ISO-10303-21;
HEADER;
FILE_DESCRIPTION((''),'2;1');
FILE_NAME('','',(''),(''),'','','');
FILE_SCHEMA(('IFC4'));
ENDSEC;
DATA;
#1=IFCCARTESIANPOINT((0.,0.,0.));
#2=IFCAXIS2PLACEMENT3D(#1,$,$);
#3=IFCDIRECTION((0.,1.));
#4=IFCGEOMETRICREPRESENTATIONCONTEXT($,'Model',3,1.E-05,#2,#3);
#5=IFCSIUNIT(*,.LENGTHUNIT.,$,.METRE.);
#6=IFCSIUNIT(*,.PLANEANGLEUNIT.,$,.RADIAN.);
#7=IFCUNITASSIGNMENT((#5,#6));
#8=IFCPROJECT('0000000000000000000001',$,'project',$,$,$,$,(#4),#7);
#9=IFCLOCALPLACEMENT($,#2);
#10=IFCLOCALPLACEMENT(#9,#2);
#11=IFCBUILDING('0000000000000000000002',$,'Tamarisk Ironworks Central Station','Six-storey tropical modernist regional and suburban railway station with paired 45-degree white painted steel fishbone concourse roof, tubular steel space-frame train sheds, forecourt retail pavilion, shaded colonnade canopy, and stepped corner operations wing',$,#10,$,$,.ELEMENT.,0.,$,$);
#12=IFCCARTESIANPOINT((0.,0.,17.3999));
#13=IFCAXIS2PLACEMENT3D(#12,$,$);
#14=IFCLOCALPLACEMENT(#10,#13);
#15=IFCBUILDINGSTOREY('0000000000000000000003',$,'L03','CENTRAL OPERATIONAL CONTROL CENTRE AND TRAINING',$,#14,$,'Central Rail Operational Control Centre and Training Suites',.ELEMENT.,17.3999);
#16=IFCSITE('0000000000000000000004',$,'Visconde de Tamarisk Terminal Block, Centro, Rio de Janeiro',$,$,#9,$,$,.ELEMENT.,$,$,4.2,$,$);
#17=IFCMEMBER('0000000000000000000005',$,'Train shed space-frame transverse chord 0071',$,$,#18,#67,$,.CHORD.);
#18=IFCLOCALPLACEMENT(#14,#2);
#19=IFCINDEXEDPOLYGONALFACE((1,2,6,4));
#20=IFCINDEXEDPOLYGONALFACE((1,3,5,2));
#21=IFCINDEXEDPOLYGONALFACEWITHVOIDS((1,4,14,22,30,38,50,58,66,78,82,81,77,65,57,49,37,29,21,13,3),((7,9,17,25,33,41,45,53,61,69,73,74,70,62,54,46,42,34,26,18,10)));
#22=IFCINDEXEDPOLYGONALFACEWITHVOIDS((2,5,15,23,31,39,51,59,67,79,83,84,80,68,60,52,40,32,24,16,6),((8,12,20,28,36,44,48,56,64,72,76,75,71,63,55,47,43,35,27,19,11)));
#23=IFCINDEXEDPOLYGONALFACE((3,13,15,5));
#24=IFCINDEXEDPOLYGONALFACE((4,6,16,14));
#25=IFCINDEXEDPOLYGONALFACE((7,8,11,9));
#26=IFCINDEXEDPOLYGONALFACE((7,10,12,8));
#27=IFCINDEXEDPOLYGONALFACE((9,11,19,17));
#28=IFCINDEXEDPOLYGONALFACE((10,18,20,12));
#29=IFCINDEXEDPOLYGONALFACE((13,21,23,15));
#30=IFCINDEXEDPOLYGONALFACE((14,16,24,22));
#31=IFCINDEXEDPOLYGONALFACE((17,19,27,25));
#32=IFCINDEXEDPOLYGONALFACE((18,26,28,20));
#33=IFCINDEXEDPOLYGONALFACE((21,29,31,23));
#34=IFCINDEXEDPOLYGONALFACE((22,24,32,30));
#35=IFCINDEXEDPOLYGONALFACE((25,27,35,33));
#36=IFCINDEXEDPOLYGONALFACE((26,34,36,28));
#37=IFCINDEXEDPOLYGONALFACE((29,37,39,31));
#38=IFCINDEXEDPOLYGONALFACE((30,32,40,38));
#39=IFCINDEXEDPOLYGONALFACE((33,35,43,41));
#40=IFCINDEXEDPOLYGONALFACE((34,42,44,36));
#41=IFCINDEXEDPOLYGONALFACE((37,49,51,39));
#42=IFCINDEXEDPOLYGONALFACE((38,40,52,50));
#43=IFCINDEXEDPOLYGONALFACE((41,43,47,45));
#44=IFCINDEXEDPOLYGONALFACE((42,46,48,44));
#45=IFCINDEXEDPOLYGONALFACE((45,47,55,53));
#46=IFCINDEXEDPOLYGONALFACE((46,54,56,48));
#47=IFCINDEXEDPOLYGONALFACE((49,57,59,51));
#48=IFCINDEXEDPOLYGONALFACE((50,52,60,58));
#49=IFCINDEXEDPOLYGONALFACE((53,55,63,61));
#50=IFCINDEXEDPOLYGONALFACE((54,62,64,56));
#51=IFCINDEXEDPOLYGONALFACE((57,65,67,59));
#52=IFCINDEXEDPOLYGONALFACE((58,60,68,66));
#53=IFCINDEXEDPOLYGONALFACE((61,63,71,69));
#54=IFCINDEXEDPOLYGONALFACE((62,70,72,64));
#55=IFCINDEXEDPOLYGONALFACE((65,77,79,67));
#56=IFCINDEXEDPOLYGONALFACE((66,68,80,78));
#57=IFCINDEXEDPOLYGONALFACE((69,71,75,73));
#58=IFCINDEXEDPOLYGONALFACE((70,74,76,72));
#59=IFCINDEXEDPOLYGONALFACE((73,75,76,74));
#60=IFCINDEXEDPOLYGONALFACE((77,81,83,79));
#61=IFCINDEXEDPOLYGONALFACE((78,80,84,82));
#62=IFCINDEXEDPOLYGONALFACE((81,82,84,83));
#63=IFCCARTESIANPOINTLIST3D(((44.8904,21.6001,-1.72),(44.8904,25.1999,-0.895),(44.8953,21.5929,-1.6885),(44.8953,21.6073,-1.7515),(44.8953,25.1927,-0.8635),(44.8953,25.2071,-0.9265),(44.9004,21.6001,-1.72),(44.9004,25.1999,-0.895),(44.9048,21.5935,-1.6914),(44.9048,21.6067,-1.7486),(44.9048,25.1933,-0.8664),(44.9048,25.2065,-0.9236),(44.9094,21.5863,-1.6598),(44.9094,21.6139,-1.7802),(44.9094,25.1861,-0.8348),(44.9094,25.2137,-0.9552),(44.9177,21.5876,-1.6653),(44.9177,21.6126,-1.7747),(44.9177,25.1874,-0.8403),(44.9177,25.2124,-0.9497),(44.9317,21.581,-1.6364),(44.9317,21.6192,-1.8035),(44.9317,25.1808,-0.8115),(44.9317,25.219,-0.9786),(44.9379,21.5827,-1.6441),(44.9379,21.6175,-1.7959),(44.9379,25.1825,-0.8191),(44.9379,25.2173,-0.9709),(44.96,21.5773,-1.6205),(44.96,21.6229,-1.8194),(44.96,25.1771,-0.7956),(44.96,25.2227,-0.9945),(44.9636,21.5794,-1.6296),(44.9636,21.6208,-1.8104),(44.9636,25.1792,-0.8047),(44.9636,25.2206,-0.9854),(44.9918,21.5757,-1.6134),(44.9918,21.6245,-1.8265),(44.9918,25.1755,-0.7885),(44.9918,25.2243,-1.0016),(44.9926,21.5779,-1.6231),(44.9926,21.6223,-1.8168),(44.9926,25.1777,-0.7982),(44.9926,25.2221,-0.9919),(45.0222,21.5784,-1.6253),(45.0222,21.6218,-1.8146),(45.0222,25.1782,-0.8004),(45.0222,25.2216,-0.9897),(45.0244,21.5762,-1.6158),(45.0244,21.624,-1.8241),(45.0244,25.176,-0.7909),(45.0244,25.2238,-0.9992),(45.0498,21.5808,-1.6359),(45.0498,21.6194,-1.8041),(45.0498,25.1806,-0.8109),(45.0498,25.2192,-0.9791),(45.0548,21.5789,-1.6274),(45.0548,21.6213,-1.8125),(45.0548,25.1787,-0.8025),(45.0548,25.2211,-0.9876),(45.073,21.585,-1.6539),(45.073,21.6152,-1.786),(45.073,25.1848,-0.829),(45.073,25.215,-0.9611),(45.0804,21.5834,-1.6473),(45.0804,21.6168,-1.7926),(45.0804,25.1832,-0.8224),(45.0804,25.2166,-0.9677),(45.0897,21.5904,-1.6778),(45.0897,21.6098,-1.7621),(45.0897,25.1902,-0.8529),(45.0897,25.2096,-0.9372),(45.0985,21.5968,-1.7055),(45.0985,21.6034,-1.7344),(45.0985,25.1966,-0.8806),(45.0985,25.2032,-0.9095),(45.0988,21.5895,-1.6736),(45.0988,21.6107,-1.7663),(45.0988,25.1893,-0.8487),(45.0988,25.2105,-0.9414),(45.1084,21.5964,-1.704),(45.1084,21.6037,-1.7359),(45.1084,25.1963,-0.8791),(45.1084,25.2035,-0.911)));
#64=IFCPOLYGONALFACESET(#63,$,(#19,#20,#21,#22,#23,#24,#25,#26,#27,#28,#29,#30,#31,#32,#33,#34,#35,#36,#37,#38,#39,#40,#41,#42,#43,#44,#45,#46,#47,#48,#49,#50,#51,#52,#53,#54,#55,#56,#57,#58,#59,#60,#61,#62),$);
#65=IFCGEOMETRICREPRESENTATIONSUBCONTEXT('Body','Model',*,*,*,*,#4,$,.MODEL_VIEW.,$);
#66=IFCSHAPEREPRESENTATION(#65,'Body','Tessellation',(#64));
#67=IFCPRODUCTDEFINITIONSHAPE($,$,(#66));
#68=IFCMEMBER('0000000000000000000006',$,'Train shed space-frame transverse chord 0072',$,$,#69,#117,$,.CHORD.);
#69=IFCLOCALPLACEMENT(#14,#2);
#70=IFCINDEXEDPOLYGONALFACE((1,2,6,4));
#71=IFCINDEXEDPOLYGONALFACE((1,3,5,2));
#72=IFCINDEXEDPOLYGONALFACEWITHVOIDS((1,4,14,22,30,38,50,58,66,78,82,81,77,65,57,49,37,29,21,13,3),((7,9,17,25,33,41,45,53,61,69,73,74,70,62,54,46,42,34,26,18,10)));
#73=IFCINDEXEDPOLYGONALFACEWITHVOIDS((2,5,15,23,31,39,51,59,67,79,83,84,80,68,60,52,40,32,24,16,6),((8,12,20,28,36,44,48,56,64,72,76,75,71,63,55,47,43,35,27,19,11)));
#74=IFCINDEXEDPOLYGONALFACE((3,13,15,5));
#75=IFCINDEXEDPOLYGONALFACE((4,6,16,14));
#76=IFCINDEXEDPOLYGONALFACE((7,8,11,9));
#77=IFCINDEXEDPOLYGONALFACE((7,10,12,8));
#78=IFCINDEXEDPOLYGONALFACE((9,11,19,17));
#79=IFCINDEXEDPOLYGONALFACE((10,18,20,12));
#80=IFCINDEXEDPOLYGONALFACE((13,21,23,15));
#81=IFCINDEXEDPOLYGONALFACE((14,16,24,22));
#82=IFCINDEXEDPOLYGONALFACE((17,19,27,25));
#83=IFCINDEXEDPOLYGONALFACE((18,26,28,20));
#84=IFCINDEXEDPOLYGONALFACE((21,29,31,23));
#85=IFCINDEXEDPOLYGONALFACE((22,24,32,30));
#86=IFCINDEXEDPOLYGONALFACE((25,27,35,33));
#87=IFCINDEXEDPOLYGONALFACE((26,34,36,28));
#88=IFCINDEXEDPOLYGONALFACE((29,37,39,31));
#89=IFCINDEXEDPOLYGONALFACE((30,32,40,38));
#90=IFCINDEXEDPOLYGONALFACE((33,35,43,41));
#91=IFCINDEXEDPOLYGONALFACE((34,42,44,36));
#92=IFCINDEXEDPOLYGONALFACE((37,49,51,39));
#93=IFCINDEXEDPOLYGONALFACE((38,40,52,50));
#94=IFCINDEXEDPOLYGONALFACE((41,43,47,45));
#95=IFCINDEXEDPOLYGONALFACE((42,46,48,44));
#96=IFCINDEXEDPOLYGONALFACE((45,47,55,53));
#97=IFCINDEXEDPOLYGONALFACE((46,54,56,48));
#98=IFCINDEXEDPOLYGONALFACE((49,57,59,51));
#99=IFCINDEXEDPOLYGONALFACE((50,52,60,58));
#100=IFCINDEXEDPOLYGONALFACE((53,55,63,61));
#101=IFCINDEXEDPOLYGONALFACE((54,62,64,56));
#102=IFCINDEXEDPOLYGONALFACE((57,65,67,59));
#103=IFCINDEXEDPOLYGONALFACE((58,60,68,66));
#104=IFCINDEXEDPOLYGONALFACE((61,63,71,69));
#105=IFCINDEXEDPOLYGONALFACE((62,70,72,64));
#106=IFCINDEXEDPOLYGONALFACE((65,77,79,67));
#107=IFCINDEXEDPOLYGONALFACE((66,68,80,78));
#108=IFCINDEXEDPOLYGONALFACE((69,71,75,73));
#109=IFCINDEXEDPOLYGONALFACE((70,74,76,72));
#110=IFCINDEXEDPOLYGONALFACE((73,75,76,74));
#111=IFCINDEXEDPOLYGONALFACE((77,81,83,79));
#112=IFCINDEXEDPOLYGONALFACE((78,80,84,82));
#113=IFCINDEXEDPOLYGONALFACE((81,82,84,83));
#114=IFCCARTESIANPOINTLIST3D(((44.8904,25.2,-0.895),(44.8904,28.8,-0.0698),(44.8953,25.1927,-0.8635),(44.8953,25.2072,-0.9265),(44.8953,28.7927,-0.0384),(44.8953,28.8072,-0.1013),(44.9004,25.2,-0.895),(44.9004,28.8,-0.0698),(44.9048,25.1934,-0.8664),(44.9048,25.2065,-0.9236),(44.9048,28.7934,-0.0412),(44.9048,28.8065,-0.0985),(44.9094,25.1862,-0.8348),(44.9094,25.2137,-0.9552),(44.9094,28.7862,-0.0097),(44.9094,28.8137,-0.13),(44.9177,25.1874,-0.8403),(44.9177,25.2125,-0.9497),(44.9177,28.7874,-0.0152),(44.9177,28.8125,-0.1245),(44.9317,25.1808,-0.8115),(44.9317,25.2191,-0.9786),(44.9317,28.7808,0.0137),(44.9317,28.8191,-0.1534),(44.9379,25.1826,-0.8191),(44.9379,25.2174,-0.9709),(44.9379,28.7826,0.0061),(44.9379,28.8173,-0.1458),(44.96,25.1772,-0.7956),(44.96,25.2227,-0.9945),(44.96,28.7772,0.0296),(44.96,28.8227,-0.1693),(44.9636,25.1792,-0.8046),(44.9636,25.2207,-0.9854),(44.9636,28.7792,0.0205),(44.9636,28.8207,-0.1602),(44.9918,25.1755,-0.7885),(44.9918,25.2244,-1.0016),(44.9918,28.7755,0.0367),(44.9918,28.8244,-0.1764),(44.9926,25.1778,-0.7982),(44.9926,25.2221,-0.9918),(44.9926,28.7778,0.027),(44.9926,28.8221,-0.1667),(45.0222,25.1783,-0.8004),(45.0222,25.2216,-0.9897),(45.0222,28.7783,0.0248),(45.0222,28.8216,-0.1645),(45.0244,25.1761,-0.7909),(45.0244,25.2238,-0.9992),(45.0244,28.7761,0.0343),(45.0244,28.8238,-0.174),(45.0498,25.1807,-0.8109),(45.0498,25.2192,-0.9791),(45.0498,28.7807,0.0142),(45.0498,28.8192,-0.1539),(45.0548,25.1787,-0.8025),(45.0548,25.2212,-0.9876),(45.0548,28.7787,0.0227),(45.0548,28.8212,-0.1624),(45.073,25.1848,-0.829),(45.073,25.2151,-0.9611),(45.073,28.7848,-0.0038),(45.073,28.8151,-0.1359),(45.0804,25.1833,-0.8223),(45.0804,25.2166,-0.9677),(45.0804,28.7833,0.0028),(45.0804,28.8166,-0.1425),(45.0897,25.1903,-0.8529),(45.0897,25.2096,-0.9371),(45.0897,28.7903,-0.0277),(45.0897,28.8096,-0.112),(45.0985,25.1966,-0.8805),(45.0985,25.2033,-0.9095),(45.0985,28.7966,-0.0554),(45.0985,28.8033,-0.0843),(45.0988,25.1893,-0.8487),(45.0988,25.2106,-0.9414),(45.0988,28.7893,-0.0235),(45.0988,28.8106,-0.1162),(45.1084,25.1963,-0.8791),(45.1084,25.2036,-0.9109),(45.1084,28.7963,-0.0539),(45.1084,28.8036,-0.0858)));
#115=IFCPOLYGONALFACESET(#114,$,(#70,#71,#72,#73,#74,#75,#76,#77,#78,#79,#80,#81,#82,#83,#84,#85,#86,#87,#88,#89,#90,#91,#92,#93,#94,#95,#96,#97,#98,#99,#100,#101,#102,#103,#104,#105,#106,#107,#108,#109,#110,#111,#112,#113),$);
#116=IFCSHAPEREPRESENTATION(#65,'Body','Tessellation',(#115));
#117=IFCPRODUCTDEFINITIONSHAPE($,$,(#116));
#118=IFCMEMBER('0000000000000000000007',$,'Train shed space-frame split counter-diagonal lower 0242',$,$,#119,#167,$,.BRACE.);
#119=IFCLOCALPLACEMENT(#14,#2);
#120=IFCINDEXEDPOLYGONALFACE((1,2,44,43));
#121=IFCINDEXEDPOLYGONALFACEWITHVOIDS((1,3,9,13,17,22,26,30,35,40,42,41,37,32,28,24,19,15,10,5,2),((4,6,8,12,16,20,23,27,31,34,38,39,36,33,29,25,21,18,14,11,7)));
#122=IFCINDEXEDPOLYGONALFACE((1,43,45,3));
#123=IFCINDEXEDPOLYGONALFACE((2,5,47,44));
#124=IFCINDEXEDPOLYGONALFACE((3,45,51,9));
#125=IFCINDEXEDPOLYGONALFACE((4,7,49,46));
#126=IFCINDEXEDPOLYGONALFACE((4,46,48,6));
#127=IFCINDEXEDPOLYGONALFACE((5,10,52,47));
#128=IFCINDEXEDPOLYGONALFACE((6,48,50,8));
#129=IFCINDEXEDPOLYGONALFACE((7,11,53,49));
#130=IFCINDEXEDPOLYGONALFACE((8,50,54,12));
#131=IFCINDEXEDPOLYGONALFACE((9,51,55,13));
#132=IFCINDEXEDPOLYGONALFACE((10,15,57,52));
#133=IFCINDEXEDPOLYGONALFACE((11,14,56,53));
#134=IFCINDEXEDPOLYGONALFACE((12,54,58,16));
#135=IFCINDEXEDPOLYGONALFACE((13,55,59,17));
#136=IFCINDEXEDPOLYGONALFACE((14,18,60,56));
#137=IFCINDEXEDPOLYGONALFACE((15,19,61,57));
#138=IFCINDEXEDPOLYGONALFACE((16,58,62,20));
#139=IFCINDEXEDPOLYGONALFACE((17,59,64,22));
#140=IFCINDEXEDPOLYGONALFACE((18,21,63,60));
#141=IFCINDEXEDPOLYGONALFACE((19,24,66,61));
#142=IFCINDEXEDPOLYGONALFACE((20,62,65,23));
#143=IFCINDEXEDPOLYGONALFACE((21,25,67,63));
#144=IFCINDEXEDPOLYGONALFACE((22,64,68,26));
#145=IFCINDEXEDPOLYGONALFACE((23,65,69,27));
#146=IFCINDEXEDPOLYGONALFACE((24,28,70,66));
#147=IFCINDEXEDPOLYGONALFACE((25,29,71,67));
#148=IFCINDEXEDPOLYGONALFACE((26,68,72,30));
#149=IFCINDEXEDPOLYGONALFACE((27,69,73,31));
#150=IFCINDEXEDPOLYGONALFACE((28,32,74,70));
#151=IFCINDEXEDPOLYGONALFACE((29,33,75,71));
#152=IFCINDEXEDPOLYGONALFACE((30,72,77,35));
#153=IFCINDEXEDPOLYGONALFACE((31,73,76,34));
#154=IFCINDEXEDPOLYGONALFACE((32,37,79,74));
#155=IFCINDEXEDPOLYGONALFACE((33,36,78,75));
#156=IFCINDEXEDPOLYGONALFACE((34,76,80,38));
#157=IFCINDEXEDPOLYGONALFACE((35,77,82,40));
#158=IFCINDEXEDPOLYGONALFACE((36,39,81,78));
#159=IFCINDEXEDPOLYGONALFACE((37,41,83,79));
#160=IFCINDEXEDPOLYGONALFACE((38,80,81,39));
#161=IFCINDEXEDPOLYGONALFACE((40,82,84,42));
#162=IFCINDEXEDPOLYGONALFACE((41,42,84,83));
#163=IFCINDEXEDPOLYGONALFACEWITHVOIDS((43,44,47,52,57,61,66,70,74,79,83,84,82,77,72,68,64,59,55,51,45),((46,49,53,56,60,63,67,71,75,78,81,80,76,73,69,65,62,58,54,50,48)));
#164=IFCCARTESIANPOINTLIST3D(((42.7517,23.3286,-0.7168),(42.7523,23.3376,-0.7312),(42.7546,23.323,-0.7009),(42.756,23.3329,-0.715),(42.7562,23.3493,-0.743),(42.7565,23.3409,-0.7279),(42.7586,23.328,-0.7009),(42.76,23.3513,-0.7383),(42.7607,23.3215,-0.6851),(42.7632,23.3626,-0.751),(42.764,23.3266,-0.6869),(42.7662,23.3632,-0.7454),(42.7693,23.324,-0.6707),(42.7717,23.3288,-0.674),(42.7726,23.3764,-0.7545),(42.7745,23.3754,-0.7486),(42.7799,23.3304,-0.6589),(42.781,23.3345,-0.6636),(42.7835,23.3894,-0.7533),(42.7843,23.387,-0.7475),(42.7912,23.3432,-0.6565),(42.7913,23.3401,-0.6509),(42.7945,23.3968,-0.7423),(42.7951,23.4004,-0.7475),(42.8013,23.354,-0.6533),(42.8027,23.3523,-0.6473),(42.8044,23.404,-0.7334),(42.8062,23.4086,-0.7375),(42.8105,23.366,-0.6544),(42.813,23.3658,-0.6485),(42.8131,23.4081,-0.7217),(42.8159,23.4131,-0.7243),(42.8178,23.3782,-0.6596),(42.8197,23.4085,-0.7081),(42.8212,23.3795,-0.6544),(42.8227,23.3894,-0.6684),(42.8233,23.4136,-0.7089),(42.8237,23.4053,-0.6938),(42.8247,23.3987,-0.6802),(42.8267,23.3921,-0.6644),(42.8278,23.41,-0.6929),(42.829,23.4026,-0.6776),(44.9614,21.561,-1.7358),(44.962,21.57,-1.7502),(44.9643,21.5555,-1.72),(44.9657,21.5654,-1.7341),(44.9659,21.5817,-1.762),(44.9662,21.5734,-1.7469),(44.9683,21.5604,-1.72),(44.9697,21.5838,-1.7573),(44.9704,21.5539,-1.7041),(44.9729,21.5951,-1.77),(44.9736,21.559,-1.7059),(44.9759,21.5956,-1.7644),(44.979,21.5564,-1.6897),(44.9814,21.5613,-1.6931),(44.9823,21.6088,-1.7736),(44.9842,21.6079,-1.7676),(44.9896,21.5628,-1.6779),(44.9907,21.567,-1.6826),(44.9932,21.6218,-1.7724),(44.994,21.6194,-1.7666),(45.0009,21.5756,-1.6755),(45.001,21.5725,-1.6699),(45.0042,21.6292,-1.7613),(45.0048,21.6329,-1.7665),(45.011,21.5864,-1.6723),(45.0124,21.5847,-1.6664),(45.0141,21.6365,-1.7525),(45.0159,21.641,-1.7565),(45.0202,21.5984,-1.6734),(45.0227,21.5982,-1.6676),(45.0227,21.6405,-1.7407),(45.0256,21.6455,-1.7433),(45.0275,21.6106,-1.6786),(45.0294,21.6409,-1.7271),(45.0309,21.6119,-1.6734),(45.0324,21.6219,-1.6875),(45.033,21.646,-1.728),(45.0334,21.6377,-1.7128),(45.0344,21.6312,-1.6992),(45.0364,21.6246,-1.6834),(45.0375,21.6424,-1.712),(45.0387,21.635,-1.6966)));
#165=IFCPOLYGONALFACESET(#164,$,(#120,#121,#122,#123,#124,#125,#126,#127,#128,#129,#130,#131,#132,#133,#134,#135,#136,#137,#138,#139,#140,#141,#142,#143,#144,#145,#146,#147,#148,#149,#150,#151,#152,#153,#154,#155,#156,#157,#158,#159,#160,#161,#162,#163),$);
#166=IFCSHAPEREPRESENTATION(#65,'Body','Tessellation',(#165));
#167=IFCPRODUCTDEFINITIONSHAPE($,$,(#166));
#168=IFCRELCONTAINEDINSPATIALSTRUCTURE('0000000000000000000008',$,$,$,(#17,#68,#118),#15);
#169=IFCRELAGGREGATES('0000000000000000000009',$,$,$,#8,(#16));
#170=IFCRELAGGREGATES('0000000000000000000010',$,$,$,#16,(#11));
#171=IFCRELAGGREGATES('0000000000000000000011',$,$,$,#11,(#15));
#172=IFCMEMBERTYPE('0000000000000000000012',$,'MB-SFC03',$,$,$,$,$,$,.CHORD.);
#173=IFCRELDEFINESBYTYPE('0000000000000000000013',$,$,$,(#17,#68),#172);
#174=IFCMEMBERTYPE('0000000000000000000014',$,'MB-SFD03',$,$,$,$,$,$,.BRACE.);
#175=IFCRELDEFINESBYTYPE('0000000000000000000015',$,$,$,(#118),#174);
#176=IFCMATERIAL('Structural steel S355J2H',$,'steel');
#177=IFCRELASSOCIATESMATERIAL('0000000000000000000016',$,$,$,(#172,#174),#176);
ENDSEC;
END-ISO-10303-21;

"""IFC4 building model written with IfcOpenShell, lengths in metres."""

from ifc_helpers import new_model, si_unit, direction, frame, origin, origin_2d, place, context, subcontext, project, spatial, hollow_circle, extrude, material, material_profile, profile_set, type_object, element, save


model = new_model("IFC4")

# Units and contexts
model_context = context("Model", 3, precision=1e-05, world=origin(), true_north=direction((0.0, 1.0)))
body_context = subcontext(model_context, "Body", "Model", "MODEL_VIEW")
ifc_project = project(units=[si_unit("LENGTHUNIT", "METRE"), si_unit("PLANEANGLEUNIT", "RADIAN")], contexts=[model_context])

# Site, building, storey
site_placement = place(None, origin())
site = spatial("IfcSite", under=ifc_project, at=site_placement, Name="Visconde de Tamarisk Terminal Block, Centro, Rio de Janeiro", CompositionType="ELEMENT", RefElevation=4.2)
building_placement = place(site_placement, origin())
building = spatial("IfcBuilding", under=site, at=building_placement, Name="Tamarisk Ironworks Central Station", Description="Six-storey tropical modernist regional and suburban railway station with paired 45-degree white painted steel fishbone concourse roof, tubular steel space-frame train sheds, forecourt retail pavilion, shaded colonnade canopy, and stepped corner operations wing", CompositionType="ELEMENT", ElevationOfRefHeight=0.0)
storey_placement = place(building_placement, frame((0.0, 0.0, 17.3999)))
storey = spatial("IfcBuildingStorey", under=building, at=storey_placement, Name="L03", Description="CENTRAL OPERATIONAL CONTROL CENTRE AND TRAINING", LongName="Central Rail Operational Control Centre and Training Suites", CompositionType="ELEMENT", Elevation=17.3999)

# Members
ifc_material_1 = material(Name="Structural steel S355J2H", Category="steel")
ifc_material_profile_1 = material_profile(ifc_material_1, hollow_circle(Radius=0.1096, WallThickness=0.01, at=origin_2d()), Name="CHS 219.1x10")
ifc_profile_set_1 = profile_set([ifc_material_profile_1], Name="Structural steel S355J2H")
member_type_1 = type_object("IfcMemberType", Name="MB-SFC03", PredefinedType="CHORD", material=ifc_profile_set_1)
member_1_placement = place(storey_placement, frame((45.0, 21.6001, -1.72), z_axis=(0.0, 0.974733, 0.223372), x_axis=(-1.0, 0.0, 0.0)))
element("IfcMember", 1, at=member_1_placement, inside=storey, type_object=member_type_1, Name="Train shed space-frame transverse chord 0071", PredefinedType="CHORD", context=body_context, shape_type="SweptSolid", body=[
    extrude(hollow_circle(Radius=0.1096, WallThickness=0.01, at=origin_2d()), origin(), (0.0, 0.0, 1.0), 3.6931),
])
member_2_placement = place(storey_placement, frame((45.0, 25.2, -0.895), z_axis=(0.0, 0.974722, 0.223421), x_axis=(-1.0, 0.0, 0.0)))
element("IfcMember", 2, at=member_2_placement, inside=storey, type_object=member_type_1, Name="Train shed space-frame transverse chord 0072", PredefinedType="CHORD", context=body_context, shape_type="SweptSolid", body=[
    extrude(hollow_circle(Radius=0.1096, WallThickness=0.01, at=origin_2d()), origin(), (0.0, 0.0, 1.0), 3.6934),
])
ifc_material_profile_2 = material_profile(ifc_material_1, hollow_circle(Radius=0.0571, WallThickness=0.0063, at=origin_2d()), Name="CHS 114.3x6.3")
ifc_profile_set_2 = profile_set([ifc_material_profile_2], Name="Structural steel S355J2H")
member_type_2 = type_object("IfcMemberType", Name="MB-SFD03", PredefinedType="BRACE", material=ifc_profile_set_2)
member_3_placement = place(storey_placement, frame((45.0, 21.6001, -1.72), z_axis=(-0.734712, 0.587705, 0.338823), x_axis=(-0.624653, -0.780902, 0.0)))
element("IfcMember", 3, at=member_3_placement, inside=storey, type_object=member_type_2, Name="Train shed space-frame split counter-diagonal lower 0242", PredefinedType="BRACE", context=body_context, shape_type="SweptSolid", body=[
    extrude(hollow_circle(Radius=0.0571, WallThickness=0.0063, at=origin_2d()), origin(), (0.0, 0.0, 1.0), 3.0076),
])

save(model, "model.ifc")
